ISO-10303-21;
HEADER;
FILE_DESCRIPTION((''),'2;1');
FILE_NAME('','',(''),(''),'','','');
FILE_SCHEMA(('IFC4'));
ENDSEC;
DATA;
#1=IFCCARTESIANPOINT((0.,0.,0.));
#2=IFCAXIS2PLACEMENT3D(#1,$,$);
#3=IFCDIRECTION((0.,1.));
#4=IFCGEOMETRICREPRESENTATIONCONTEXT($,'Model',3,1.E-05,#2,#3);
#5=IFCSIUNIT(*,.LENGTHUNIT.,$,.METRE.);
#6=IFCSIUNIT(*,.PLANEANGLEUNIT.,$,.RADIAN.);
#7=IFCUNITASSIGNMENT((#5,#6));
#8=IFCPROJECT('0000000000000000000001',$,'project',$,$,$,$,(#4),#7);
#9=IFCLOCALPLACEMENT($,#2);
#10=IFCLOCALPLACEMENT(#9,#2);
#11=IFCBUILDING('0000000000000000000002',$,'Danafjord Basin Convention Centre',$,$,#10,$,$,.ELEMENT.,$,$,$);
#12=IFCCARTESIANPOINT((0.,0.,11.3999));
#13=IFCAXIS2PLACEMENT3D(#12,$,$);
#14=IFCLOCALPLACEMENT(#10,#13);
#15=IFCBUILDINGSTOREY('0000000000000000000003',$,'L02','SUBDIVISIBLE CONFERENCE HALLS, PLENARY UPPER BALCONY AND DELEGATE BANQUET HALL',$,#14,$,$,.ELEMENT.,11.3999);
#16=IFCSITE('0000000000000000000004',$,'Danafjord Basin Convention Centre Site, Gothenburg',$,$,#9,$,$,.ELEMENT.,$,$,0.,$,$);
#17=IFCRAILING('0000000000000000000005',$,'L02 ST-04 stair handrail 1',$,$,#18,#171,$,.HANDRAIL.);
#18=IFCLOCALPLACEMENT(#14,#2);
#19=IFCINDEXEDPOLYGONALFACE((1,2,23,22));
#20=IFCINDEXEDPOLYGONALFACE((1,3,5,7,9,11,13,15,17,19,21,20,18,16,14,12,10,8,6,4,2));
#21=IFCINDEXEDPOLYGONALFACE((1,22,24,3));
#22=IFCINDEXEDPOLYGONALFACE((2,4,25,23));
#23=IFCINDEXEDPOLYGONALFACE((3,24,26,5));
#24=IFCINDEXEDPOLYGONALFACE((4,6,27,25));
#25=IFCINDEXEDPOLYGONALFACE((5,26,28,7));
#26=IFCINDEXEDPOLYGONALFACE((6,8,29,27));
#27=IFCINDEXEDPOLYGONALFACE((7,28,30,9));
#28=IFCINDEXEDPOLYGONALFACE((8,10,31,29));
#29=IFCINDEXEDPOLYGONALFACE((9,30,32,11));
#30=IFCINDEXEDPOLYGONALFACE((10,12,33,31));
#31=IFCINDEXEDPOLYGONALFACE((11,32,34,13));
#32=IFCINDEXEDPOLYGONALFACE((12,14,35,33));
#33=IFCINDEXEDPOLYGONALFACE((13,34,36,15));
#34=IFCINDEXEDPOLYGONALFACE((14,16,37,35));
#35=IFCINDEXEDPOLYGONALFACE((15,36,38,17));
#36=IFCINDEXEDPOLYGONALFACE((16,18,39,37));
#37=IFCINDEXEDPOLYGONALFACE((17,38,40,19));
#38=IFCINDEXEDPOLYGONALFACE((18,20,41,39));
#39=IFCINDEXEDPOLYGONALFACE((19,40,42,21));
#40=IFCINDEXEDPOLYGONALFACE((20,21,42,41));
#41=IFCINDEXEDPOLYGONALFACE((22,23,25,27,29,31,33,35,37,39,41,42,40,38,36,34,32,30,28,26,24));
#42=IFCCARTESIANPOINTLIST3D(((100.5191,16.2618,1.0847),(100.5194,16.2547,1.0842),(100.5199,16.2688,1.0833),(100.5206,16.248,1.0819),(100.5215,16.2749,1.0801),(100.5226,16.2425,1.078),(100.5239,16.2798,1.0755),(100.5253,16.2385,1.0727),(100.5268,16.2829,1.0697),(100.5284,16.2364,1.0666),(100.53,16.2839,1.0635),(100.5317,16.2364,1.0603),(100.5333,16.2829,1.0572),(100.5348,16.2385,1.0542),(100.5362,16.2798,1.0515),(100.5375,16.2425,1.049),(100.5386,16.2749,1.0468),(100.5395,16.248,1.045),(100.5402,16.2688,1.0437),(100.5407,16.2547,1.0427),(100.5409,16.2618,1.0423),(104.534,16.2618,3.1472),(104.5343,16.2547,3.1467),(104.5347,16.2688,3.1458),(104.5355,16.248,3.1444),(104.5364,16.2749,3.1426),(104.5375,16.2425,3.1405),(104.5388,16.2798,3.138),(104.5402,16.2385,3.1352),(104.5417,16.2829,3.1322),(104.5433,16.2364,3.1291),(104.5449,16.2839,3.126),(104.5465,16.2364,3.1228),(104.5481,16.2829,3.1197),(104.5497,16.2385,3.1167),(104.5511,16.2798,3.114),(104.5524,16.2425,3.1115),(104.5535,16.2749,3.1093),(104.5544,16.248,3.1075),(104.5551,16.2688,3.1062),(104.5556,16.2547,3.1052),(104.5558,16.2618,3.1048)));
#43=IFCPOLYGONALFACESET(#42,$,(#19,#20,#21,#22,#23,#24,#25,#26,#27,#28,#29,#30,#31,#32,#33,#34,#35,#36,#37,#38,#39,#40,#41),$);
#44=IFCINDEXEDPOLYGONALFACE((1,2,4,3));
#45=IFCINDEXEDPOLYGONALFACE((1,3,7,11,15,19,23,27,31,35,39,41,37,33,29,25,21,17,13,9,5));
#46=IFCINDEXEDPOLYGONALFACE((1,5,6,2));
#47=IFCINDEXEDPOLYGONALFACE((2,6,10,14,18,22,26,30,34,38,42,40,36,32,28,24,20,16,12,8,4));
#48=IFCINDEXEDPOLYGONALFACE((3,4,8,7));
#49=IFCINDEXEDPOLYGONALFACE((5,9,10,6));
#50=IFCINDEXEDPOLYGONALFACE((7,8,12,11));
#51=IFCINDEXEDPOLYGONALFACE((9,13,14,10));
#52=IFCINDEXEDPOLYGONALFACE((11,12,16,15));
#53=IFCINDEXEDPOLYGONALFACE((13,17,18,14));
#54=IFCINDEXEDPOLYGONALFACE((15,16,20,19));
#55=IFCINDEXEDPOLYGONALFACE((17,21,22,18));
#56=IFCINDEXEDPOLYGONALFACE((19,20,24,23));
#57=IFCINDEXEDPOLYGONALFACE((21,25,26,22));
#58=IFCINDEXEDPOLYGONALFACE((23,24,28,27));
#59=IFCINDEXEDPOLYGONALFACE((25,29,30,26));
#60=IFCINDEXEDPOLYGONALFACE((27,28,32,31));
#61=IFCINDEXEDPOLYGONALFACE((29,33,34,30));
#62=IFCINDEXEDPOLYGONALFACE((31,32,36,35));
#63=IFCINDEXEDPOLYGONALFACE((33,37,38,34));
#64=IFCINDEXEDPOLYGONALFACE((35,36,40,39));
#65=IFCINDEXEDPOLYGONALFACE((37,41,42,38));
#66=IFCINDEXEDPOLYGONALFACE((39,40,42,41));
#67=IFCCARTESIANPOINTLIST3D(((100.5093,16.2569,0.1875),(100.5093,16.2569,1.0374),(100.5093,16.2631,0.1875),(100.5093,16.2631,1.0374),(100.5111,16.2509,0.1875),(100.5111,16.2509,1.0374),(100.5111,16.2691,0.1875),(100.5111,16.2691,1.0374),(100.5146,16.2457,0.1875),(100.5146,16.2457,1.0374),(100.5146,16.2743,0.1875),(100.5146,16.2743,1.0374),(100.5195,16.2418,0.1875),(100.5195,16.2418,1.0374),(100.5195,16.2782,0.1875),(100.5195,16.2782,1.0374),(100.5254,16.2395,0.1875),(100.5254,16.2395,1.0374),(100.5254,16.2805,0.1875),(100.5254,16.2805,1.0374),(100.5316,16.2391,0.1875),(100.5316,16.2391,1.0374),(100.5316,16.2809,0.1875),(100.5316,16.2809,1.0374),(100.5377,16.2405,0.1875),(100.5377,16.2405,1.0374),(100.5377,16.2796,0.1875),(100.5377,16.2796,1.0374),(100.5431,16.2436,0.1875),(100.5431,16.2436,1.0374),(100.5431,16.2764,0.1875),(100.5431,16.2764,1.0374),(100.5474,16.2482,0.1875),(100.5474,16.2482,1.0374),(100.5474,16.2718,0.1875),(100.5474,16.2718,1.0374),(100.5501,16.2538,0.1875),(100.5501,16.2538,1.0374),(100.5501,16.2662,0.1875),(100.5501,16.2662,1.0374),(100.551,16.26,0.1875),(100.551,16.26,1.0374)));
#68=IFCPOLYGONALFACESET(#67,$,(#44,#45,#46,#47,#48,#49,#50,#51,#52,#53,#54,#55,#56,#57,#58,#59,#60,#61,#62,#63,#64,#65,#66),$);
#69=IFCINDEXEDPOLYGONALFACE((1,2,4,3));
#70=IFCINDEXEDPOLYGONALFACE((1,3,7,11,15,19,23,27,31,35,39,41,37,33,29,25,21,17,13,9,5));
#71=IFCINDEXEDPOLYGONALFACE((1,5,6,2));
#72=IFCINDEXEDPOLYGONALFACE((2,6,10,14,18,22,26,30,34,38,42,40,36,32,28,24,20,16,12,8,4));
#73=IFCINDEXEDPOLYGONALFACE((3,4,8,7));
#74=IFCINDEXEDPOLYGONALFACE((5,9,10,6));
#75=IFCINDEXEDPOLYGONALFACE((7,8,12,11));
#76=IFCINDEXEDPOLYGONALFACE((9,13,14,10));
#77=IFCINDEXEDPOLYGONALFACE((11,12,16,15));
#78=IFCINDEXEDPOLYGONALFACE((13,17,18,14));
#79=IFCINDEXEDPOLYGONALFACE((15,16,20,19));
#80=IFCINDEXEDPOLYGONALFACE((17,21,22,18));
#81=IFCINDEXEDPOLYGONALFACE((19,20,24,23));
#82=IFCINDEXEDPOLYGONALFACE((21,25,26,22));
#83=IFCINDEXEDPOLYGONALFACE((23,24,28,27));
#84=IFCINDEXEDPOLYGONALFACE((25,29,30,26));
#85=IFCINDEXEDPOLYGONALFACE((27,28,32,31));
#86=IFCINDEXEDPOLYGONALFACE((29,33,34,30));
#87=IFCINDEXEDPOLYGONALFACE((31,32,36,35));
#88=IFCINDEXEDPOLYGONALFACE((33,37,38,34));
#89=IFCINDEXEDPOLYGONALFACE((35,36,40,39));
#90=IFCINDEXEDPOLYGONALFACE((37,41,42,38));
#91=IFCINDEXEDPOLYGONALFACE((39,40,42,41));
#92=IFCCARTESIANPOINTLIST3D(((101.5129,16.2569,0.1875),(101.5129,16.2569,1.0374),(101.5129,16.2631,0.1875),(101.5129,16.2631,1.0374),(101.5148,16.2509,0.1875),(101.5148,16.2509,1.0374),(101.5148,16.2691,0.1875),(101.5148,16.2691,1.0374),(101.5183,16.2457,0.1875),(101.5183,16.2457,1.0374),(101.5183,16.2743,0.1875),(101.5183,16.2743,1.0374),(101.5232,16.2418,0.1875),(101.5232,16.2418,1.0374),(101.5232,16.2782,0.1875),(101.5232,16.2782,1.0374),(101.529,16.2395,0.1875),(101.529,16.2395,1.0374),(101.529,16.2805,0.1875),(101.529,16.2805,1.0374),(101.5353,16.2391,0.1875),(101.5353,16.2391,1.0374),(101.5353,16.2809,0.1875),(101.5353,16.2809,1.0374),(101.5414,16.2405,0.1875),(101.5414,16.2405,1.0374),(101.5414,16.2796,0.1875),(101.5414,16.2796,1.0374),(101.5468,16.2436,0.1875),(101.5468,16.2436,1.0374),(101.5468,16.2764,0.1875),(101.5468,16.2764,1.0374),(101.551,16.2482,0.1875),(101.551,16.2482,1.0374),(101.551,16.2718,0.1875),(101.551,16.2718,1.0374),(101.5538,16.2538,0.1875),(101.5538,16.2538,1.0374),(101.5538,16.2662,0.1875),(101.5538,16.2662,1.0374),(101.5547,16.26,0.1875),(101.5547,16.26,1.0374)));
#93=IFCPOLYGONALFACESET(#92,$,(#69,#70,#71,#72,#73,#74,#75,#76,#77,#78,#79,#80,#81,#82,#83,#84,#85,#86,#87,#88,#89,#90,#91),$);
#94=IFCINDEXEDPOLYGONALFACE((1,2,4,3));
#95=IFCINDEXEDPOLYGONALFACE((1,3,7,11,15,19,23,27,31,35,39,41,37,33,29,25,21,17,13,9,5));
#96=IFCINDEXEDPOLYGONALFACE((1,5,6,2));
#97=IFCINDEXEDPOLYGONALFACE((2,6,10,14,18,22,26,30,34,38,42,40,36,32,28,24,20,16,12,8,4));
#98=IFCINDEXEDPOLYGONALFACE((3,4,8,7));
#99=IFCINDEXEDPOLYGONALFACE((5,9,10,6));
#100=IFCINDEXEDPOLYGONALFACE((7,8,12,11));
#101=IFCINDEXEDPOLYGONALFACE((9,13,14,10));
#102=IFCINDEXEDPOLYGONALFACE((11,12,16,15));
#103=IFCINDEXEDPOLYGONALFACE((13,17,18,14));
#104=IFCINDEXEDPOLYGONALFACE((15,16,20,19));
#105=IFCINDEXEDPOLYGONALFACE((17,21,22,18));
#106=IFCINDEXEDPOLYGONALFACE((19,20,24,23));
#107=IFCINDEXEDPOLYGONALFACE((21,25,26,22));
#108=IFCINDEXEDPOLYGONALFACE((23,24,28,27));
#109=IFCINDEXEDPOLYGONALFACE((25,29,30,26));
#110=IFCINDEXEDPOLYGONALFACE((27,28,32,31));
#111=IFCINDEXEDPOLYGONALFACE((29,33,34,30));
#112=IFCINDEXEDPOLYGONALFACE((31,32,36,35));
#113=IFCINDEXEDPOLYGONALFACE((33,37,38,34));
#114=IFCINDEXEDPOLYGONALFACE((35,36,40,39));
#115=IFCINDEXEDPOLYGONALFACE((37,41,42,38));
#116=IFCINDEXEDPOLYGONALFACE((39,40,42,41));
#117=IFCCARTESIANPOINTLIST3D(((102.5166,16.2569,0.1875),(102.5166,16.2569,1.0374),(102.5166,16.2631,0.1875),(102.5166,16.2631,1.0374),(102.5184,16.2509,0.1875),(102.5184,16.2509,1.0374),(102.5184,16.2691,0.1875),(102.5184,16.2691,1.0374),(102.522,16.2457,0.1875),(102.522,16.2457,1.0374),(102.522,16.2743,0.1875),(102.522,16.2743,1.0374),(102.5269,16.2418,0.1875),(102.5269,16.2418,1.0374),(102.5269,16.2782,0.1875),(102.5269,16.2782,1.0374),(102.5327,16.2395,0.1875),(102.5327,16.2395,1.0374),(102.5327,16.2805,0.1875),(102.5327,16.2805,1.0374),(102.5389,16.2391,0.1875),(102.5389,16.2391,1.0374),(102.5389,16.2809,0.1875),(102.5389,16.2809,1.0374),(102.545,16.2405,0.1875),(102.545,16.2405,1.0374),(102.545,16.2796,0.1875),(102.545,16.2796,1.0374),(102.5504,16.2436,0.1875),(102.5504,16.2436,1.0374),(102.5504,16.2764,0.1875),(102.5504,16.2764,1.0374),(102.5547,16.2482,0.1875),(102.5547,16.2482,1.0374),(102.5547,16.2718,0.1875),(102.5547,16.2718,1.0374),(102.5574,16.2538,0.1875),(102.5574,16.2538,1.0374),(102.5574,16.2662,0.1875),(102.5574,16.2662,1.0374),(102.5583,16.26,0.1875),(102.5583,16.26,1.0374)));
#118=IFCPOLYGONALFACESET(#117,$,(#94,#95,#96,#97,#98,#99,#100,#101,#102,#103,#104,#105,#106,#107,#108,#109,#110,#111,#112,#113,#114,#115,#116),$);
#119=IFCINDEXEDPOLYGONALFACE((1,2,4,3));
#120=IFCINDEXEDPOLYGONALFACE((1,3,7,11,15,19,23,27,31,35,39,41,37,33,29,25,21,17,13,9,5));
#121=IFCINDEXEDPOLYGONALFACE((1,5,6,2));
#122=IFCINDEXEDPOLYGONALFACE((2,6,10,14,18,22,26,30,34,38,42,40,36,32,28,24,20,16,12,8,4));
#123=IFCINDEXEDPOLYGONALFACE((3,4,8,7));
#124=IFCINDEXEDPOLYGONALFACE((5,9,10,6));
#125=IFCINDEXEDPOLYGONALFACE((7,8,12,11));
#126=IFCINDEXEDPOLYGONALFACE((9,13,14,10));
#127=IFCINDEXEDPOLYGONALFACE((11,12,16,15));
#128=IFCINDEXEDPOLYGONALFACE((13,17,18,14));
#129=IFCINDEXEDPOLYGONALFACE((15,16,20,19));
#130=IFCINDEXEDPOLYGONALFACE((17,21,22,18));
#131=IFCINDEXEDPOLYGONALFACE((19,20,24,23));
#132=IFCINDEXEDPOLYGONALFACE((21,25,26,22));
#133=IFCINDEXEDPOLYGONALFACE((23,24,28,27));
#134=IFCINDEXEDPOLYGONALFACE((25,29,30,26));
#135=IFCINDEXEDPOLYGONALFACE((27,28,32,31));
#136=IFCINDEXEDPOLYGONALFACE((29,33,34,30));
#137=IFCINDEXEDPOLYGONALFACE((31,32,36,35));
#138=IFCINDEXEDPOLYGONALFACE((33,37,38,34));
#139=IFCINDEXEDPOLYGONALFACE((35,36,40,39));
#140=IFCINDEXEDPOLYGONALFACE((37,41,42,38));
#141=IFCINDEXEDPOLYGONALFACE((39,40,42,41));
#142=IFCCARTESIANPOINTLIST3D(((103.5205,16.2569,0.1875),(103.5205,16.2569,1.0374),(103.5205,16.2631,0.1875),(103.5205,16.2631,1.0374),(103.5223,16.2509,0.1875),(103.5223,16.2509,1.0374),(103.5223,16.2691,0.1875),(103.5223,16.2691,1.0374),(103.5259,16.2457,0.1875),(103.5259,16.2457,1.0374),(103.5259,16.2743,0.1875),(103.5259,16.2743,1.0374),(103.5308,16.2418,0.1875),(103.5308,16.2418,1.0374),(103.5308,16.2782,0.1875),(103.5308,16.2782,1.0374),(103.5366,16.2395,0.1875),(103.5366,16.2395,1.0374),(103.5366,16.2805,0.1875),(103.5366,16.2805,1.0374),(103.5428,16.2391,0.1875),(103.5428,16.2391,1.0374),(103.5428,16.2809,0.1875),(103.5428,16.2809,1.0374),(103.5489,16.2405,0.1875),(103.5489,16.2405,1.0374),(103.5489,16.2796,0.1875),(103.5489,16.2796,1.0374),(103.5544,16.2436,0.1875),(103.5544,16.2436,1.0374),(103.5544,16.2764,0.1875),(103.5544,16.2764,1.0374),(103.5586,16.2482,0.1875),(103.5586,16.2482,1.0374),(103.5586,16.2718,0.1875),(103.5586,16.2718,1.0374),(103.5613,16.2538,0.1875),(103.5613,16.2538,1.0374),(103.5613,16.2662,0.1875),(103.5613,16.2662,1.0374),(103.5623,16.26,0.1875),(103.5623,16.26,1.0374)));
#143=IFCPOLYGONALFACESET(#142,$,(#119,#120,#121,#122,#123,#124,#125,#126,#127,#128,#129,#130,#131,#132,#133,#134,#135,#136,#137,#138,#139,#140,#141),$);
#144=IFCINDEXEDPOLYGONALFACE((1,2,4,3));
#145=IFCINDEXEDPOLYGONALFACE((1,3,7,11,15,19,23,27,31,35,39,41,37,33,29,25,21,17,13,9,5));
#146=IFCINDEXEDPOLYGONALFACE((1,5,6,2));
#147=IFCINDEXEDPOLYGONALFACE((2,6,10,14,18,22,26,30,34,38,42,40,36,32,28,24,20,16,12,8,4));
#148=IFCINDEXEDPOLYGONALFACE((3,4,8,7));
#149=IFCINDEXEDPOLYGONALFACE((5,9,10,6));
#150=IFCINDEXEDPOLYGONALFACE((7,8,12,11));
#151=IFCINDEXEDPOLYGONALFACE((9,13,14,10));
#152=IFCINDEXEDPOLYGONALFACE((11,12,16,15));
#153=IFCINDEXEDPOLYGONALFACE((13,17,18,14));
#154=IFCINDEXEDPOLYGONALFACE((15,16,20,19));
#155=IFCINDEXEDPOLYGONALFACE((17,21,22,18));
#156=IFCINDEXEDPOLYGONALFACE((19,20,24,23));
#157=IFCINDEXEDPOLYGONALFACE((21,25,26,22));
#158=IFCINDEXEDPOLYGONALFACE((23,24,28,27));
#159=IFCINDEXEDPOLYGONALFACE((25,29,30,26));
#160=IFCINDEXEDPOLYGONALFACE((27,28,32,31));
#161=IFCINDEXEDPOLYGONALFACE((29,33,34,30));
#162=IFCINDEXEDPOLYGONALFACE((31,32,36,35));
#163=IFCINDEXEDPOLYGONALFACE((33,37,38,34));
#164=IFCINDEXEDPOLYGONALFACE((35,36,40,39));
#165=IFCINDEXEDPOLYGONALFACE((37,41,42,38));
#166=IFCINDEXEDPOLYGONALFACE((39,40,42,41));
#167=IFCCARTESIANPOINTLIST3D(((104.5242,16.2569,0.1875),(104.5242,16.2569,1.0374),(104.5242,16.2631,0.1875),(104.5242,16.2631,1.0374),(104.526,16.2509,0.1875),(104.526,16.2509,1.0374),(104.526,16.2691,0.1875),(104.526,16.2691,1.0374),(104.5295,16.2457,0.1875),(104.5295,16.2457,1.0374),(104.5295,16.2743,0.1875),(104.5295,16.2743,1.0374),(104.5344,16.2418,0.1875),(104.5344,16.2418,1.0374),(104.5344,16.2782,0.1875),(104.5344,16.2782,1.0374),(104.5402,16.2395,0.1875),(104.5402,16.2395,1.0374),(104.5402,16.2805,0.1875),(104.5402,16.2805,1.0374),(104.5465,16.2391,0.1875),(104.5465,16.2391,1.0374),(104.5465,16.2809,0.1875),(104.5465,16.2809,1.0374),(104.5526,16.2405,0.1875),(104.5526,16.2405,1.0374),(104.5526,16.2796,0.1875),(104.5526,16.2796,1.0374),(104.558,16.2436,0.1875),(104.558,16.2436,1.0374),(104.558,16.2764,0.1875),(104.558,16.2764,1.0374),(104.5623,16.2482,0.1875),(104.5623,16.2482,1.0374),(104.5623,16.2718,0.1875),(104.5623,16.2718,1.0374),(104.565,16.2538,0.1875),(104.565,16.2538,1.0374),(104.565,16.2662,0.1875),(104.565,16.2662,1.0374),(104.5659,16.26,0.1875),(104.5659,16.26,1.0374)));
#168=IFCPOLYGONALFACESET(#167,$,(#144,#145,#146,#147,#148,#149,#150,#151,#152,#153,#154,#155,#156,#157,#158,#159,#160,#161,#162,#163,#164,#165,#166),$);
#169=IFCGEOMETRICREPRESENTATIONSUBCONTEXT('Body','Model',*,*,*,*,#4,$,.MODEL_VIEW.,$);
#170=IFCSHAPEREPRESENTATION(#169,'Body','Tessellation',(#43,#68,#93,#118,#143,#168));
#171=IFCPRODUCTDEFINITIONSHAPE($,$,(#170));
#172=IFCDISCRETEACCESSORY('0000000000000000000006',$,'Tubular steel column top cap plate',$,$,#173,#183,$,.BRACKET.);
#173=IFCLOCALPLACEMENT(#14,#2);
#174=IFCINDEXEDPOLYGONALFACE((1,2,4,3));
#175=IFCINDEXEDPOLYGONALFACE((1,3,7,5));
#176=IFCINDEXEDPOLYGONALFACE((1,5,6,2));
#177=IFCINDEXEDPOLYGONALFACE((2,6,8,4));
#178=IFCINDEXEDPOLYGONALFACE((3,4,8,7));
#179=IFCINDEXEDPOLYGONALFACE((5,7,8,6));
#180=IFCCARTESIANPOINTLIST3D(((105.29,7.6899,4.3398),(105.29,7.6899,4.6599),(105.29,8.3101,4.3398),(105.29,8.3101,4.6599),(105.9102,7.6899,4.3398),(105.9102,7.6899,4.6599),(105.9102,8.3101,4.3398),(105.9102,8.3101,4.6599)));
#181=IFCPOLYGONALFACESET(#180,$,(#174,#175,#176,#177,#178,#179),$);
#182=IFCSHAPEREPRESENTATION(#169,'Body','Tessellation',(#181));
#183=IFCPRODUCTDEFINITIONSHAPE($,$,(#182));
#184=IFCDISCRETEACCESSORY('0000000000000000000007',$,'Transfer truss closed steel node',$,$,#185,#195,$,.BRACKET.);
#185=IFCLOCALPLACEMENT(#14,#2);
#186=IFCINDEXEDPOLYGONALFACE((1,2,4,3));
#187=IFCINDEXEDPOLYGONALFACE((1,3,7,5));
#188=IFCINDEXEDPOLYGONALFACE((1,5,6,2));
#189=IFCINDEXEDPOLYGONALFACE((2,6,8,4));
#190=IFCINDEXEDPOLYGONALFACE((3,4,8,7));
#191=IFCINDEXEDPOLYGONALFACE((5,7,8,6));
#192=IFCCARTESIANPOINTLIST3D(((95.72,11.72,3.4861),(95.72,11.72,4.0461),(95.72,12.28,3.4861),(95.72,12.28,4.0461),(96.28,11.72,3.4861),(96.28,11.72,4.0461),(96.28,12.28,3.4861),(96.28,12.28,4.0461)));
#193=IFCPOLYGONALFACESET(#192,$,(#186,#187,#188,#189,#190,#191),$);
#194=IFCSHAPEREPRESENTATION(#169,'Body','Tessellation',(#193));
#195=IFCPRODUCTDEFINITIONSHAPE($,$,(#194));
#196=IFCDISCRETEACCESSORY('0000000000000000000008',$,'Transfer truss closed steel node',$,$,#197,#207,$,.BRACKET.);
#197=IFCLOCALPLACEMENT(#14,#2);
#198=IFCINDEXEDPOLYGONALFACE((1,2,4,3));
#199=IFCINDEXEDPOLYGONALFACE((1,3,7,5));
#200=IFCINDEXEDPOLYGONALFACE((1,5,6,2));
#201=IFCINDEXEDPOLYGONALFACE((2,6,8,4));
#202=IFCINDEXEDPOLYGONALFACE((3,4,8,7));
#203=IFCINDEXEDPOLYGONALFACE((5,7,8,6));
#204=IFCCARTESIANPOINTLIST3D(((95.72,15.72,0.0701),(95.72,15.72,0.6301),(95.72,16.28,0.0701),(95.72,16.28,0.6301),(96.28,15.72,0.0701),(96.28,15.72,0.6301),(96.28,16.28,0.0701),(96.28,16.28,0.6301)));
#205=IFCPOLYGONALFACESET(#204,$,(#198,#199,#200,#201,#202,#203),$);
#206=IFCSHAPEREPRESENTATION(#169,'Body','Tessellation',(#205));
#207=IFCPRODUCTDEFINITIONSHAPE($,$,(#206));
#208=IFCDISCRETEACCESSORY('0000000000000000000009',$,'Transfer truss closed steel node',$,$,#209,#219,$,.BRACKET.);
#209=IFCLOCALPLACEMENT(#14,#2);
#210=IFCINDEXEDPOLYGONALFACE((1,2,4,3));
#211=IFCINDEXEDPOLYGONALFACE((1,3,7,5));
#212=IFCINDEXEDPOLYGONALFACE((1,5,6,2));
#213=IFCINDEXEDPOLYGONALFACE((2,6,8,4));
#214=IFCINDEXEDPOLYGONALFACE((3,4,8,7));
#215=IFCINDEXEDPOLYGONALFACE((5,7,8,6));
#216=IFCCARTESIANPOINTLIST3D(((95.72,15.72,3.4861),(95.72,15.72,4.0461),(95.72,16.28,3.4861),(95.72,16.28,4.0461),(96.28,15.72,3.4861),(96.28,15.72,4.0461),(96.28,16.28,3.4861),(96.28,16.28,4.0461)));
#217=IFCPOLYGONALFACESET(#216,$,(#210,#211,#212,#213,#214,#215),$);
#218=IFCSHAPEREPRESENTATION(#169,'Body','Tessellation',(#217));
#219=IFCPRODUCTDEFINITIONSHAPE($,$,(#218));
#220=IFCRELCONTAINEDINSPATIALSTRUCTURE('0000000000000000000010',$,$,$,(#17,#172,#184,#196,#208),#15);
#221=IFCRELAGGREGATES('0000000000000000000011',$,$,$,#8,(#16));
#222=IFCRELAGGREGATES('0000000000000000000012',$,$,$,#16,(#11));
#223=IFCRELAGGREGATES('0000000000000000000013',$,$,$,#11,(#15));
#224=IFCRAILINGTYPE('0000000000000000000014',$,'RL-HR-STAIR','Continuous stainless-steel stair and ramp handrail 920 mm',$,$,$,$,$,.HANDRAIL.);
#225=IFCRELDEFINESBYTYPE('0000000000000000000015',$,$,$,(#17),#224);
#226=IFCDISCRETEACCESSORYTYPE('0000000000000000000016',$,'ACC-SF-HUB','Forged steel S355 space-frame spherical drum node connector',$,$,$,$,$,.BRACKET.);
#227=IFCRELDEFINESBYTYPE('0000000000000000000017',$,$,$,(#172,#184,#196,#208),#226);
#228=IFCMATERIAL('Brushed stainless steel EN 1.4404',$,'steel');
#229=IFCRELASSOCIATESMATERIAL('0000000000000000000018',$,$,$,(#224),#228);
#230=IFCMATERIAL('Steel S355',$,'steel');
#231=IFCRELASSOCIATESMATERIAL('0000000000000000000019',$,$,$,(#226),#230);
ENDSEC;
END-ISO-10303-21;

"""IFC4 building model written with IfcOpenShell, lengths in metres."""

from ifc_helpers import new_model, si_unit, direction, frame, origin, origin_2d, place, context, subcontext, project, spatial, rectangle, circle, extrude, material, type_object, element, save


model = new_model("IFC4")

# Units and contexts
model_context = context("Model", 3, precision=1e-05, world=origin(), true_north=direction((0.0, 1.0)))
body_context = subcontext(model_context, "Body", "Model", "MODEL_VIEW")
ifc_project = project(units=[si_unit("LENGTHUNIT", "METRE"), si_unit("PLANEANGLEUNIT", "RADIAN")], contexts=[model_context])

# Site, building, storey
site_placement = place(None, origin())
site = spatial("IfcSite", under=ifc_project, at=site_placement, Name="Danafjord Basin Convention Centre Site, Gothenburg", CompositionType="ELEMENT", RefElevation=0.0)
building_placement = place(site_placement, origin())
building = spatial("IfcBuilding", under=site, at=building_placement, Name="Danafjord Basin Convention Centre", CompositionType="ELEMENT")
storey_placement = place(building_placement, frame((0.0, 0.0, 11.3999)))
storey = spatial("IfcBuildingStorey", under=building, at=storey_placement, Name="L02", Description="SUBDIVISIBLE CONFERENCE HALLS, PLENARY UPPER BALCONY AND DELEGATE BANQUET HALL", CompositionType="ELEMENT", Elevation=11.3999)

# Shared definitions
ifc_material_1 = material(Name="Steel S355", Category="steel")

# Railing
ifc_material_2 = material(Name="Brushed stainless steel EN 1.4404", Category="steel")
railing_type_1 = type_object("IfcRailingType", Name="RL-HR-STAIR", Description="Continuous stainless-steel stair and ramp handrail 920 mm", PredefinedType="HANDRAIL", material=ifc_material_2)
railing_1_placement = place(storey_placement, frame((100.53, 16.26, 0.1875)))
element("IfcRailing", 1, at=railing_1_placement, inside=storey, type_object=railing_type_1, Name="L02 ST-04 stair handrail 1", PredefinedType="HANDRAIL", context=body_context, shape_type="SweptSolid", body=[
    extrude(circle(Radius=0.0239, at=origin_2d()), frame((0.0, 0.0, 0.876), z_axis=(0.889495, 0.0, 0.456945), x_axis=(0.0, 1.0, 0.0)), (0.0, 0.0, 1.0), 4.5137),
    extrude(circle(Radius=0.021, at=origin_2d()), origin(), (0.0, 0.0, 1.0), 0.8499),
    extrude(circle(Radius=0.021, at=origin_2d()), frame((1.0037, 0.0, 0.0)), (0.0, 0.0, 1.0), 0.8499),
    extrude(circle(Radius=0.021, at=origin_2d()), frame((2.0073, 0.0, 0.0)), (0.0, 0.0, 1.0), 0.8499),
    extrude(circle(Radius=0.021, at=origin_2d()), frame((3.0112, 0.0, 0.0)), (0.0, 0.0, 1.0), 0.8499),
    extrude(circle(Radius=0.021, at=origin_2d()), frame((4.0149, 0.0, 0.0)), (0.0, 0.0, 1.0), 0.8499),
])

# Discrete accessories
discrete_accessory_type = type_object("IfcDiscreteAccessoryType", Name="ACC-SF-HUB", Description="Forged steel S355 space-frame spherical drum node connector", PredefinedType="BRACKET", material=ifc_material_1)
discrete_accessory_placement = place(storey_placement, frame((105.6001, 8.0, 4.3398), z_axis=(0.0, 0.0, 1.0), x_axis=(1.0, 0.0, 0.0)))
element("IfcDiscreteAccessory", 2, at=discrete_accessory_placement, inside=storey, type_object=discrete_accessory_type, Name="Tubular steel column top cap plate", PredefinedType="BRACKET", context=body_context, shape_type="SweptSolid", body=[
    extrude(rectangle(XDim=0.6201, YDim=0.6201, at=origin_2d()), origin(), (0.0, 0.0, 1.0), 0.3201),
])
for number, where, z_axis, x_axis, name in (
    (3, (96.0, 12.0, 3.4861), (0.0, 0.0, 1.0), (1.0, 0.0, 0.0), "Transfer truss closed steel node"),
    (4, (96.0, 16.0, 0.0701), (0.0, 0.0, 1.0), (1.0, 0.0, 0.0), "Transfer truss closed steel node"),
    (5, (96.0, 16.0, 3.4861), (0.0, 0.0, 1.0), (1.0, 0.0, 0.0), "Transfer truss closed steel node"),
):
    element("IfcDiscreteAccessory", number, at=place(storey_placement, frame(where, z_axis=z_axis, x_axis=x_axis)), inside=storey, type_object=discrete_accessory_type, Name=name, PredefinedType="BRACKET", context=body_context, shape_type="SweptSolid", body=[
        extrude(rectangle(XDim=0.5601, YDim=0.5601, at=origin_2d()), origin(), (0.0, 0.0, 1.0), 0.5601),
    ])

save(model, "model.ifc")
